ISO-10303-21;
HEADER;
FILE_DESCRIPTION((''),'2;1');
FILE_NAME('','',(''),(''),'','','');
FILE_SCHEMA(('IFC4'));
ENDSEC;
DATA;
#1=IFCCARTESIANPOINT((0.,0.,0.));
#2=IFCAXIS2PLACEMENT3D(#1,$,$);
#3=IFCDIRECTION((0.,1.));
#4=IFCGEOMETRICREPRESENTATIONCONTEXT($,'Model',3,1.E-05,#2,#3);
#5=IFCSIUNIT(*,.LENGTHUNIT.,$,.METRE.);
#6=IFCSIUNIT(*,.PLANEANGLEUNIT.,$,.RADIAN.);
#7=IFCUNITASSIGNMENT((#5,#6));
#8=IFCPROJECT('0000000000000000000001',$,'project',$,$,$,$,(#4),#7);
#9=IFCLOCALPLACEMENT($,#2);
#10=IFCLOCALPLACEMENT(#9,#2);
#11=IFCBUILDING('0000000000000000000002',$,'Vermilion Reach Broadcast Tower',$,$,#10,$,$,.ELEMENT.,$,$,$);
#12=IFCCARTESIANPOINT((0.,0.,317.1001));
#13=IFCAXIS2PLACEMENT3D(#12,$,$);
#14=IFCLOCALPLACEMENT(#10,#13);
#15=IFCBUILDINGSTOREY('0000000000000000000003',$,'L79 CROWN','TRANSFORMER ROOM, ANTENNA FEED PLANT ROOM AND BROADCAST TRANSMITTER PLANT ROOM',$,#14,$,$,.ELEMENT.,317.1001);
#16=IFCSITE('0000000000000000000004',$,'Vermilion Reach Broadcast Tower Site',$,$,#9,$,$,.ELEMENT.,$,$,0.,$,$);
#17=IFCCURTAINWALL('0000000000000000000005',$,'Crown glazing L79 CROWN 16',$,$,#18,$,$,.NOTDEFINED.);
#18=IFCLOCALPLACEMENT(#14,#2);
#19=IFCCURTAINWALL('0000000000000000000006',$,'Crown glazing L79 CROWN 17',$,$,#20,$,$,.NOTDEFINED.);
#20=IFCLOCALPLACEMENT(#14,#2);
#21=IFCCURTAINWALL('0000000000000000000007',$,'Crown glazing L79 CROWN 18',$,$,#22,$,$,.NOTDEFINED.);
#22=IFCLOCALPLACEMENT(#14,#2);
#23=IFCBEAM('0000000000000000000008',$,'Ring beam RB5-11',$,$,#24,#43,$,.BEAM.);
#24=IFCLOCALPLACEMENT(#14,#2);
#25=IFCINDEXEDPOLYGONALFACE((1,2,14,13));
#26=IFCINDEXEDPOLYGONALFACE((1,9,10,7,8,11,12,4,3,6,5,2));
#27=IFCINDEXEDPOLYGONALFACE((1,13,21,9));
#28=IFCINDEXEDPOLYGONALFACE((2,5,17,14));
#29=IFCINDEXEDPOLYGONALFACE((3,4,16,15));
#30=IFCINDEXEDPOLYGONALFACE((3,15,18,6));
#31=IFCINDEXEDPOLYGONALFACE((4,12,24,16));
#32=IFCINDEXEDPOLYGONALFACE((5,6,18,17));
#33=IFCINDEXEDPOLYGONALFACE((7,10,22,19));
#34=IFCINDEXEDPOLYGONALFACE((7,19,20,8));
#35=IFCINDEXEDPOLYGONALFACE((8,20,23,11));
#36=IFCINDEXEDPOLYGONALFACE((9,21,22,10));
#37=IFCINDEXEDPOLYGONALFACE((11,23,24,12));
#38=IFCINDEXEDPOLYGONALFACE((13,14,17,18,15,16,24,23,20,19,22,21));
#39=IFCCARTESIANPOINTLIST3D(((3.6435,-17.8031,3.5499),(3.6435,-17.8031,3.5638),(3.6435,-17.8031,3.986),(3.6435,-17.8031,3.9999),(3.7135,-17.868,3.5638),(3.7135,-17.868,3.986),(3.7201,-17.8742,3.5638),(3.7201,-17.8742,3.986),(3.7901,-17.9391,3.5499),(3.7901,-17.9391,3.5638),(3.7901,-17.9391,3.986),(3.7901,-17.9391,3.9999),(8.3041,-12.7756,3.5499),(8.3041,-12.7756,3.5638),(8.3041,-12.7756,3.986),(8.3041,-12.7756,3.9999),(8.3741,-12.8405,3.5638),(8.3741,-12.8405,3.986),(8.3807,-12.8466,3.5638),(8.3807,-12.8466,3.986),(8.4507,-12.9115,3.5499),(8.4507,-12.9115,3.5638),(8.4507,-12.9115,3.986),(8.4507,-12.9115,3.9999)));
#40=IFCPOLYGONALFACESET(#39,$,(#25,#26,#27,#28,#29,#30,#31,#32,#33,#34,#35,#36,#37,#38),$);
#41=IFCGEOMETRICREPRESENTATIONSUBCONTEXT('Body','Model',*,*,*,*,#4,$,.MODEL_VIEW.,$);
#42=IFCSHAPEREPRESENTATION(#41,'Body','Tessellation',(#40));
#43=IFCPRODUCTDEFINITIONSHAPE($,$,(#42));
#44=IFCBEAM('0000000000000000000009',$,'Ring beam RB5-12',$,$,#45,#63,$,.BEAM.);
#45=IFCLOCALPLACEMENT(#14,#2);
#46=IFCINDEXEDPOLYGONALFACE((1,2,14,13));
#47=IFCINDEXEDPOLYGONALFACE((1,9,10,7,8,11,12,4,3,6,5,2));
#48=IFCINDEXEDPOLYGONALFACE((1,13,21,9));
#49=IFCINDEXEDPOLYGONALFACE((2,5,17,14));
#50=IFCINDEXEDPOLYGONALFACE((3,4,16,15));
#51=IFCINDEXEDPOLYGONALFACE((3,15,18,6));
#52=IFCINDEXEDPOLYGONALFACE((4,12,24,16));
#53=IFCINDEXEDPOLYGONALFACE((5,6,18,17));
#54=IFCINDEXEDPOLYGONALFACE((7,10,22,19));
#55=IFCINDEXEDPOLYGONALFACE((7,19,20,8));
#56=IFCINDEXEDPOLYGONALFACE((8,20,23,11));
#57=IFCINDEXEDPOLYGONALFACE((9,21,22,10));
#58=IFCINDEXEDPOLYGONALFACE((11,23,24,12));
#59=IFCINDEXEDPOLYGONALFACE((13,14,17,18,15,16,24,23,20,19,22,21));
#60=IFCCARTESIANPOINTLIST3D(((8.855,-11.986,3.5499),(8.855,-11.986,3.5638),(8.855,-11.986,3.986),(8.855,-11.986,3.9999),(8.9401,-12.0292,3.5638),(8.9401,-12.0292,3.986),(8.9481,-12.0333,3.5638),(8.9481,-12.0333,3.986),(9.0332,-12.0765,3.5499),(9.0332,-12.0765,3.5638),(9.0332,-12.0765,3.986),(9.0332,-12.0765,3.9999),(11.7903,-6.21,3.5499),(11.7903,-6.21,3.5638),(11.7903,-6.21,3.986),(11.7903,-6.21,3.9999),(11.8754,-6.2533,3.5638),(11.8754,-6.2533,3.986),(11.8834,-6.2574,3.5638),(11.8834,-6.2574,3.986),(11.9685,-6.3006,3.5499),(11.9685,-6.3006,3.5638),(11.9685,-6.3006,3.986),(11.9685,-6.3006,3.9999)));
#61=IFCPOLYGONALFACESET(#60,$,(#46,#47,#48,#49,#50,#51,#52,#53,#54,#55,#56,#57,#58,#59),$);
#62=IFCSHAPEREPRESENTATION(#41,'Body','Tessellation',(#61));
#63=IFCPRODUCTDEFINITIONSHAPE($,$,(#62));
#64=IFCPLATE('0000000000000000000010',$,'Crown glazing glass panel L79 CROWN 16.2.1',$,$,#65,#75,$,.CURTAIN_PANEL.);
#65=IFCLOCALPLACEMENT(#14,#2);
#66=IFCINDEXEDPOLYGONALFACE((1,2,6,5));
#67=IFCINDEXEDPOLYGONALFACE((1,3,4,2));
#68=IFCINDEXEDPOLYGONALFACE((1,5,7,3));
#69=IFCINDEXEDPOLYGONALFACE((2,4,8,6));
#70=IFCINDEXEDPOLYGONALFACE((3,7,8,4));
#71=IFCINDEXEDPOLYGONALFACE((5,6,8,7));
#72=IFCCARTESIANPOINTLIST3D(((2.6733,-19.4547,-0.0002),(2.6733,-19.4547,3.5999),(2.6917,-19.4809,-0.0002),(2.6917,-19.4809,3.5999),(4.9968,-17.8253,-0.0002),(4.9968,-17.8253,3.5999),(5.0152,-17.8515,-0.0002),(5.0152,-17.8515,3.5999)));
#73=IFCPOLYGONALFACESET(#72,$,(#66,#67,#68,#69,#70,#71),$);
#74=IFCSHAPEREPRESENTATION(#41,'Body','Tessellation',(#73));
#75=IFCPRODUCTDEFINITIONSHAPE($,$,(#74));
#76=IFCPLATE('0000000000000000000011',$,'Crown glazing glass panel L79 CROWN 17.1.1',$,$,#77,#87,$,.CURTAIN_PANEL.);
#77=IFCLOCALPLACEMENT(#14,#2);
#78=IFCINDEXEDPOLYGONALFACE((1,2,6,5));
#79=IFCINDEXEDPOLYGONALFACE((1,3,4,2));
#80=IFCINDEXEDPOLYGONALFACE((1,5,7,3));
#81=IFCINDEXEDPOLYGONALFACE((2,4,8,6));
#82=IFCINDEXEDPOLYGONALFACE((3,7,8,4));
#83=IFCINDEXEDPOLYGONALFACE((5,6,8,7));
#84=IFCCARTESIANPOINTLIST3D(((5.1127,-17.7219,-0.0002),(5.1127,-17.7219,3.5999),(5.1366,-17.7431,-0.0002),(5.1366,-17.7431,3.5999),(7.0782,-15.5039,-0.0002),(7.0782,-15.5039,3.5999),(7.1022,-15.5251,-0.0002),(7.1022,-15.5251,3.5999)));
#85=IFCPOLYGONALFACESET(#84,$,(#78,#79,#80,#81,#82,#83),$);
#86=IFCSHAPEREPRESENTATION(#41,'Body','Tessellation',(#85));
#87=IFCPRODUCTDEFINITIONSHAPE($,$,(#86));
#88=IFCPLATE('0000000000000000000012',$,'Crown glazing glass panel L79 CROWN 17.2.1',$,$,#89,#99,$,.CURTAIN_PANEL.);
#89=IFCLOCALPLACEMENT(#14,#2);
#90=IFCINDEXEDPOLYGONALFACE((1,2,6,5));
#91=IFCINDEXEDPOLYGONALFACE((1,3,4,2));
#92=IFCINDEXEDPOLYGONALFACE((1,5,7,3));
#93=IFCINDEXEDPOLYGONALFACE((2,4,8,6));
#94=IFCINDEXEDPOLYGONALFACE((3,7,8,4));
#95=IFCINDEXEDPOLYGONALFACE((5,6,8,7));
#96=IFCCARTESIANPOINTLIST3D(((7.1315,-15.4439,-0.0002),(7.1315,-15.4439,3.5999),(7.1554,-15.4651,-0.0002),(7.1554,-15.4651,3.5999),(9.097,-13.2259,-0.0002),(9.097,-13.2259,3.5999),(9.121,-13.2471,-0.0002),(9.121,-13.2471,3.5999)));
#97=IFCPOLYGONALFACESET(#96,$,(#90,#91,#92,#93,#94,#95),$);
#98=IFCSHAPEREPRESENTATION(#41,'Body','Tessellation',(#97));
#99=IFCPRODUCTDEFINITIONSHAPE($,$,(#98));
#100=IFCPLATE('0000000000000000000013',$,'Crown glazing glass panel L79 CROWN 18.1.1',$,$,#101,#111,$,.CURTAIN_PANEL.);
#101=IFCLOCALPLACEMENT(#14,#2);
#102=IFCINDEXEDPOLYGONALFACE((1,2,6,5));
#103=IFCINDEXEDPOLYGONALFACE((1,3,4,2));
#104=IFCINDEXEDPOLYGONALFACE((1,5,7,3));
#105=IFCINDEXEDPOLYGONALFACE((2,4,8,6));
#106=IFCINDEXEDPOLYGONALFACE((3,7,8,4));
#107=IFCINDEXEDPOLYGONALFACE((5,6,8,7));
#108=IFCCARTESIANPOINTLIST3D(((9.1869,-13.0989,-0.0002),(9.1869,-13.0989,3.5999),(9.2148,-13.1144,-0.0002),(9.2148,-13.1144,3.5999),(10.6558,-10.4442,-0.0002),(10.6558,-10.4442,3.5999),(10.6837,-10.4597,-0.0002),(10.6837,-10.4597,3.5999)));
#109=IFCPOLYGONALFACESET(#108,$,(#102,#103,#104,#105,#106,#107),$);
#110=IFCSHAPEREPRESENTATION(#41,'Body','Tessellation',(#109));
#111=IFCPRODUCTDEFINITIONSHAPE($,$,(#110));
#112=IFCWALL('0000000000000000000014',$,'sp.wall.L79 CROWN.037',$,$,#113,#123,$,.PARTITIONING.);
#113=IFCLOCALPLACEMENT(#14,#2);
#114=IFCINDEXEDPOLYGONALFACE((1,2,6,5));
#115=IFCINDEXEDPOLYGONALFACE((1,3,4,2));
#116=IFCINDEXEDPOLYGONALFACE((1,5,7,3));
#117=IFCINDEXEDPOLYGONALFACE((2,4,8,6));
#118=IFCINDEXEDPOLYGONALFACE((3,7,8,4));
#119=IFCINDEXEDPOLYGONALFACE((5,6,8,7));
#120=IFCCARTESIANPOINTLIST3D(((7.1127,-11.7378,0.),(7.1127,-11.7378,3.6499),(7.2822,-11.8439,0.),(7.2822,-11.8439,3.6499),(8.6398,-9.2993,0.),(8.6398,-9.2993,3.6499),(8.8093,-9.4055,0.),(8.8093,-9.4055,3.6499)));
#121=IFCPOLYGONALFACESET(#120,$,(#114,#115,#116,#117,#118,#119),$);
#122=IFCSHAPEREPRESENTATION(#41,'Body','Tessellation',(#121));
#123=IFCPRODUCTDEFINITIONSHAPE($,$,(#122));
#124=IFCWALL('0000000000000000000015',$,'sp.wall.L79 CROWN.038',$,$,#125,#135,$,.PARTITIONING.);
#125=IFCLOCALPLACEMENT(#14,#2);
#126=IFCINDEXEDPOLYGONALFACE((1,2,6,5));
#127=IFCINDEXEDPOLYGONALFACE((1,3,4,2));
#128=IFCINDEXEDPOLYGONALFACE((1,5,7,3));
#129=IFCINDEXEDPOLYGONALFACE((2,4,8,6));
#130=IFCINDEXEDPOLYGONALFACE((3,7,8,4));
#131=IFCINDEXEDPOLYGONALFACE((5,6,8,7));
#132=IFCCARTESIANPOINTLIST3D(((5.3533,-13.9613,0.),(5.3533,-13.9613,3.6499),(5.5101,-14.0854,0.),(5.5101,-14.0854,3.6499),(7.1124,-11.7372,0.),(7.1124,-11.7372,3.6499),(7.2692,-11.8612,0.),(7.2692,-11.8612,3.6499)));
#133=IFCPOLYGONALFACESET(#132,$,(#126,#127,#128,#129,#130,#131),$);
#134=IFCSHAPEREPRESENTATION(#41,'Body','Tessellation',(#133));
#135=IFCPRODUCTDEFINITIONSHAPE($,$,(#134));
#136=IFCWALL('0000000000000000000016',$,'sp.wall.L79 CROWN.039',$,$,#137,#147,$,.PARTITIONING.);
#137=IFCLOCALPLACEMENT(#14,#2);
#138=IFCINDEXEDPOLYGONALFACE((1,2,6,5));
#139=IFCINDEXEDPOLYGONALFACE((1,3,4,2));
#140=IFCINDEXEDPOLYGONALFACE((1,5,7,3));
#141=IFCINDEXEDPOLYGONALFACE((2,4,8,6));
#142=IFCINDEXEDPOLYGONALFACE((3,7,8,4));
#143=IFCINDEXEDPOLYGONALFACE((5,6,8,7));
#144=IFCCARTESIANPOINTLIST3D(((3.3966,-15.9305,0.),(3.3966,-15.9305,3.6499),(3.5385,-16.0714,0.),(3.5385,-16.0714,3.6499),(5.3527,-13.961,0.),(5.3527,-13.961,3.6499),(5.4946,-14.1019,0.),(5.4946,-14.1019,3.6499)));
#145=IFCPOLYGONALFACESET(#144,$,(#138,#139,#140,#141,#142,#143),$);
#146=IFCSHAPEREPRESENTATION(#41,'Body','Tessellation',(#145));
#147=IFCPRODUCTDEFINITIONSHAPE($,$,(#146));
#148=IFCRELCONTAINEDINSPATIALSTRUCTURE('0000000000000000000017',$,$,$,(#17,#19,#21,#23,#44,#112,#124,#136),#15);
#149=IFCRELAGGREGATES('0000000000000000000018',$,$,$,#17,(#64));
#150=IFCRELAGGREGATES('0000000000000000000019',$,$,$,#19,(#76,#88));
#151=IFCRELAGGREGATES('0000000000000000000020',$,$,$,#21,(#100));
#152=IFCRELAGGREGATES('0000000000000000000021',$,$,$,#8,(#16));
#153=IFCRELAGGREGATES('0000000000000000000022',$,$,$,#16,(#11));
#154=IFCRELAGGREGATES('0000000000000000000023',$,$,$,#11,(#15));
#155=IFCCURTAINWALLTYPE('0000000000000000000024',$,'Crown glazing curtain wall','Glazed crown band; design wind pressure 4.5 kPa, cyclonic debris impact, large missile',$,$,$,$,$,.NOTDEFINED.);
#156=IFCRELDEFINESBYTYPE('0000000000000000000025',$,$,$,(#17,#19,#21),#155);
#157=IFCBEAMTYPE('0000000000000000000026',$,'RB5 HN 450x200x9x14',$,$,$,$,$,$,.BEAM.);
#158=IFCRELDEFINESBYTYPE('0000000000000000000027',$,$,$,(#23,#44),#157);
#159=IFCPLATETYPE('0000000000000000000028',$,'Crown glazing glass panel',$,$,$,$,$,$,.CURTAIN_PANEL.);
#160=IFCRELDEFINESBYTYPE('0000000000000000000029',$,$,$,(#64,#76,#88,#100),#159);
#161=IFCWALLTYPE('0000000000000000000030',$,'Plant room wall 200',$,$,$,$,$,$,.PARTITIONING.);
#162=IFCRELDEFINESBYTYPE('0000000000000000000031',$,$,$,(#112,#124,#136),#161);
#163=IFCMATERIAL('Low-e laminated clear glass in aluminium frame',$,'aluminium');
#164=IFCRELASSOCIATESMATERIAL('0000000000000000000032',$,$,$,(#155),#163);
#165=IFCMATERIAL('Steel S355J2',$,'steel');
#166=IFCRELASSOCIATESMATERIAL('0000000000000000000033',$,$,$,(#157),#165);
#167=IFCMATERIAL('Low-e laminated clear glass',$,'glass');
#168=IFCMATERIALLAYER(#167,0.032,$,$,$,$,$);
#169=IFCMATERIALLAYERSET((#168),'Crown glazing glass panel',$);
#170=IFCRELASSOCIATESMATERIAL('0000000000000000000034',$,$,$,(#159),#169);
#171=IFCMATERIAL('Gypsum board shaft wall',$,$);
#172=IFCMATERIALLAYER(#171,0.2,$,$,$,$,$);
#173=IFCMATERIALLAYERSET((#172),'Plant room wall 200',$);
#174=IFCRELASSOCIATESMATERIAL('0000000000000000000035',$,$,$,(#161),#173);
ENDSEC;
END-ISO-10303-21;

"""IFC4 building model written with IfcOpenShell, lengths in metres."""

from ifc_helpers import new_model, si_unit, direction, frame, frame_2d, origin, origin_2d, place, context, subcontext, project, spatial, rectangle, i_section, extrude, material, layer, layer_set, material_profile, profile_set, type_object, element, aggregate, save


model = new_model("IFC4")

# Units and contexts
model_context = context("Model", 3, precision=1e-05, world=origin(), true_north=direction((0.0, 1.0)))
body_context = subcontext(model_context, "Body", "Model", "MODEL_VIEW")
ifc_project = project(units=[si_unit("LENGTHUNIT", "METRE"), si_unit("PLANEANGLEUNIT", "RADIAN")], contexts=[model_context])

# Site, building, storey
site_placement = place(None, origin())
site = spatial("IfcSite", under=ifc_project, at=site_placement, Name="Vermilion Reach Broadcast Tower Site", CompositionType="ELEMENT", RefElevation=0.0)
building_placement = place(site_placement, origin())
building = spatial("IfcBuilding", under=site, at=building_placement, Name="Vermilion Reach Broadcast Tower", CompositionType="ELEMENT")
storey_placement = place(building_placement, frame((0.0, 0.0, 317.1001)))
storey = spatial("IfcBuildingStorey", under=building, at=storey_placement, Name="L79 CROWN", Description="TRANSFORMER ROOM, ANTENNA FEED PLANT ROOM AND BROADCAST TRANSMITTER PLANT ROOM", CompositionType="ELEMENT", Elevation=317.1001)

# Curtain wall
ifc_material_1 = material(Name="Low-e laminated clear glass in aluminium frame", Category="aluminium")
curtain_wall_type = type_object("IfcCurtainWallType", Name="Crown glazing curtain wall", Description="Glazed crown band; design wind pressure 4.5 kPa, cyclonic debris impact, large missile", PredefinedType="NOTDEFINED", material=ifc_material_1)
placement = place(storey_placement, origin())
curtain_wall_1 = element("IfcCurtainWall", 1, at=placement, inside=storey, type_object=curtain_wall_type, Name="Crown glazing L79 CROWN 16", PredefinedType="NOTDEFINED")

# Curtain wall
curtain_wall_2 = element("IfcCurtainWall", 2, at=placement, inside=storey, type_object=curtain_wall_type, Name="Crown glazing L79 CROWN 17", PredefinedType="NOTDEFINED")

# Curtain wall
curtain_wall_3 = element("IfcCurtainWall", 3, at=placement, inside=storey, type_object=curtain_wall_type, Name="Crown glazing L79 CROWN 18", PredefinedType="NOTDEFINED")

# Beams
ifc_material_2 = material(Name="Steel S355J2", Category="steel")
ifc_material_profile_1 = material_profile(ifc_material_2, i_section(OverallWidth=0.2, OverallDepth=0.45, WebThickness=0.009, FlangeThickness=0.0139, at=origin_2d()), Name="S355J2 HN 450x200x9x14")
ifc_profile_set_1 = profile_set([ifc_material_profile_1], Name="Steel S355J2")
beam_type_1 = type_object("IfcBeamType", Name="RB5 HN 450x200x9x14", PredefinedType="BEAM", material=ifc_profile_set_1)
beam_1_placement = place(storey_placement, frame((3.7168, -17.8711, 3.7749), z_axis=(0.679838, 0.733363, 0.0), x_axis=(-0.733363, 0.679838, 0.0)))
element("IfcBeam", 4, at=beam_1_placement, inside=storey, type_object=beam_type_1, Name="Ring beam RB5-11", PredefinedType="BEAM", context=body_context, shape_type="SweptSolid", body=[
    extrude(i_section(OverallWidth=0.2, OverallDepth=0.45, WebThickness=0.009, FlangeThickness=0.0139, at=origin_2d()), origin(), (0.0, 0.0, 1.0), 6.8555),
])
beam_2_placement = place(storey_placement, frame((8.9441, -12.0312, 3.7749), z_axis=(0.453052, 0.891484, 0.0), x_axis=(-0.891484, 0.453052, 0.0)))
element("IfcBeam", 5, at=beam_2_placement, inside=storey, type_object=beam_type_1, Name="Ring beam RB5-12", PredefinedType="BEAM", context=body_context, shape_type="SweptSolid", body=[
    extrude(i_section(OverallWidth=0.2, OverallDepth=0.45, WebThickness=0.009, FlangeThickness=0.0139, at=origin_2d()), origin(), (0.0, 0.0, 1.0), 6.479),
])

# Plates
ifc_material_3 = material(Name="Low-e laminated clear glass", Category="glass")
ifc_layer_1 = layer(ifc_material_3, 0.032)
ifc_layer_set_1 = layer_set([ifc_layer_1], Name="Crown glazing glass panel")
plate_type = type_object("IfcPlateType", Name="Crown glazing glass panel", PredefinedType="CURTAIN_PANEL", material=ifc_layer_set_1)
plate_1_placement = place(storey_placement, frame((3.8442, -18.6531, -0.0002), z_axis=(0.0, 0.0, 1.0), x_axis=(0.81874, 0.574164, 0.0)))
plate_1 = element("IfcPlate", 6, at=plate_1_placement, type_object=plate_type, Name="Crown glazing glass panel L79 CROWN 16.2.1", PredefinedType="CURTAIN_PANEL", context=body_context, shape_type="SweptSolid", body=[
    extrude(rectangle(XDim=2.8379, YDim=0.032, at=origin_2d()), origin(), (0.0, 0.0, 1.0), 3.6001),
])
aggregate(curtain_wall_1, [plate_1])
plate_2_placement = place(storey_placement, frame((6.1074, -16.6235, -0.0002), z_axis=(0.0, 0.0, 1.0), x_axis=(0.663239, 0.748408, 0.0)))
plate_2 = element("IfcPlate", 7, at=plate_2_placement, type_object=plate_type, Name="Crown glazing glass panel L79 CROWN 17.1.1", PredefinedType="CURTAIN_PANEL", context=body_context, shape_type="SweptSolid", body=[
    extrude(rectangle(XDim=2.9636, YDim=0.032, at=origin_2d()), origin(), (0.0, 0.0, 1.0), 3.6001),
])
plate_3_placement = place(storey_placement, frame((8.1262, -14.3455, -0.0002), z_axis=(0.0, 0.0, 1.0), x_axis=(0.663239, 0.748408, 0.0)))
plate_3 = element("IfcPlate", 8, at=plate_3_placement, type_object=plate_type, Name="Crown glazing glass panel L79 CROWN 17.2.1", PredefinedType="CURTAIN_PANEL", context=body_context, shape_type="SweptSolid", body=[
    extrude(rectangle(XDim=2.9636, YDim=0.032, at=origin_2d()), origin(), (0.0, 0.0, 1.0), 3.6001),
])
aggregate(curtain_wall_2, [plate_2, plate_3])
plate_4_placement = place(storey_placement, frame((9.9353, -11.7793, -0.0002), z_axis=(0.0, 0.0, 1.0), x_axis=(0.484153, 0.874983, 0.0)))
plate_4 = element("IfcPlate", 9, at=plate_4_placement, type_object=plate_type, Name="Crown glazing glass panel L79 CROWN 18.1.1", PredefinedType="CURTAIN_PANEL", context=body_context, shape_type="SweptSolid", body=[
    extrude(rectangle(XDim=3.0339, YDim=0.032, at=origin_2d()), origin(), (0.0, 0.0, 1.0), 3.6001),
])
aggregate(curtain_wall_3, [plate_4])

# Walls
ifc_material_4 = material(Name="Gypsum board shaft wall")
ifc_layer_2 = layer(ifc_material_4, 0.2)
ifc_layer_set_2 = layer_set([ifc_layer_2], Name="Plant room wall 200")
wall_type = type_object("IfcWallType", Name="Plant room wall 200", PredefinedType="PARTITIONING", material=ifc_layer_set_2)
wall_1_placement = place(storey_placement, frame((7.1975, -11.7908, 0.0), z_axis=(0.0, 0.0, 1.0), x_axis=(0.530761, 0.847521, 0.0)))
element("IfcWall", 10, at=wall_1_placement, inside=storey, type_object=wall_type, Name="sp.wall.L79 CROWN.037", PredefinedType="PARTITIONING", context=body_context, shape_type="SweptSolid", body=[
    extrude(rectangle(XDim=2.8772, YDim=0.2, at=frame_2d((1.4385, 0.0))), origin(), (0.0, 0.0, 1.0), 3.6499),
])
wall_2_placement = place(storey_placement, frame((5.4316, -14.0234, 0.0), z_axis=(0.0, 0.0, 1.0), x_axis=(0.620328, 0.784343, 0.0)))
element("IfcWall", 11, at=wall_2_placement, inside=storey, type_object=wall_type, Name="sp.wall.L79 CROWN.038", PredefinedType="PARTITIONING", context=body_context, shape_type="SweptSolid", body=[
    extrude(rectangle(XDim=2.8357, YDim=0.2, at=frame_2d((1.418, 0.0))), origin(), (0.0, 0.0, 1.0), 3.6499),
])
wall_3_placement = place(storey_placement, frame((3.4675, -16.001, 0.0), z_axis=(0.0, 0.0, 1.0), x_axis=(0.704684, 0.709521, 0.0)))
element("IfcWall", 12, at=wall_3_placement, inside=storey, type_object=wall_type, Name="sp.wall.L79 CROWN.039", PredefinedType="PARTITIONING", context=body_context, shape_type="SweptSolid", body=[
    extrude(rectangle(XDim=2.7759, YDim=0.2, at=frame_2d((1.3879, 0.0))), origin(), (0.0, 0.0, 1.0), 3.6499),
])

save(model, "model.ifc")
